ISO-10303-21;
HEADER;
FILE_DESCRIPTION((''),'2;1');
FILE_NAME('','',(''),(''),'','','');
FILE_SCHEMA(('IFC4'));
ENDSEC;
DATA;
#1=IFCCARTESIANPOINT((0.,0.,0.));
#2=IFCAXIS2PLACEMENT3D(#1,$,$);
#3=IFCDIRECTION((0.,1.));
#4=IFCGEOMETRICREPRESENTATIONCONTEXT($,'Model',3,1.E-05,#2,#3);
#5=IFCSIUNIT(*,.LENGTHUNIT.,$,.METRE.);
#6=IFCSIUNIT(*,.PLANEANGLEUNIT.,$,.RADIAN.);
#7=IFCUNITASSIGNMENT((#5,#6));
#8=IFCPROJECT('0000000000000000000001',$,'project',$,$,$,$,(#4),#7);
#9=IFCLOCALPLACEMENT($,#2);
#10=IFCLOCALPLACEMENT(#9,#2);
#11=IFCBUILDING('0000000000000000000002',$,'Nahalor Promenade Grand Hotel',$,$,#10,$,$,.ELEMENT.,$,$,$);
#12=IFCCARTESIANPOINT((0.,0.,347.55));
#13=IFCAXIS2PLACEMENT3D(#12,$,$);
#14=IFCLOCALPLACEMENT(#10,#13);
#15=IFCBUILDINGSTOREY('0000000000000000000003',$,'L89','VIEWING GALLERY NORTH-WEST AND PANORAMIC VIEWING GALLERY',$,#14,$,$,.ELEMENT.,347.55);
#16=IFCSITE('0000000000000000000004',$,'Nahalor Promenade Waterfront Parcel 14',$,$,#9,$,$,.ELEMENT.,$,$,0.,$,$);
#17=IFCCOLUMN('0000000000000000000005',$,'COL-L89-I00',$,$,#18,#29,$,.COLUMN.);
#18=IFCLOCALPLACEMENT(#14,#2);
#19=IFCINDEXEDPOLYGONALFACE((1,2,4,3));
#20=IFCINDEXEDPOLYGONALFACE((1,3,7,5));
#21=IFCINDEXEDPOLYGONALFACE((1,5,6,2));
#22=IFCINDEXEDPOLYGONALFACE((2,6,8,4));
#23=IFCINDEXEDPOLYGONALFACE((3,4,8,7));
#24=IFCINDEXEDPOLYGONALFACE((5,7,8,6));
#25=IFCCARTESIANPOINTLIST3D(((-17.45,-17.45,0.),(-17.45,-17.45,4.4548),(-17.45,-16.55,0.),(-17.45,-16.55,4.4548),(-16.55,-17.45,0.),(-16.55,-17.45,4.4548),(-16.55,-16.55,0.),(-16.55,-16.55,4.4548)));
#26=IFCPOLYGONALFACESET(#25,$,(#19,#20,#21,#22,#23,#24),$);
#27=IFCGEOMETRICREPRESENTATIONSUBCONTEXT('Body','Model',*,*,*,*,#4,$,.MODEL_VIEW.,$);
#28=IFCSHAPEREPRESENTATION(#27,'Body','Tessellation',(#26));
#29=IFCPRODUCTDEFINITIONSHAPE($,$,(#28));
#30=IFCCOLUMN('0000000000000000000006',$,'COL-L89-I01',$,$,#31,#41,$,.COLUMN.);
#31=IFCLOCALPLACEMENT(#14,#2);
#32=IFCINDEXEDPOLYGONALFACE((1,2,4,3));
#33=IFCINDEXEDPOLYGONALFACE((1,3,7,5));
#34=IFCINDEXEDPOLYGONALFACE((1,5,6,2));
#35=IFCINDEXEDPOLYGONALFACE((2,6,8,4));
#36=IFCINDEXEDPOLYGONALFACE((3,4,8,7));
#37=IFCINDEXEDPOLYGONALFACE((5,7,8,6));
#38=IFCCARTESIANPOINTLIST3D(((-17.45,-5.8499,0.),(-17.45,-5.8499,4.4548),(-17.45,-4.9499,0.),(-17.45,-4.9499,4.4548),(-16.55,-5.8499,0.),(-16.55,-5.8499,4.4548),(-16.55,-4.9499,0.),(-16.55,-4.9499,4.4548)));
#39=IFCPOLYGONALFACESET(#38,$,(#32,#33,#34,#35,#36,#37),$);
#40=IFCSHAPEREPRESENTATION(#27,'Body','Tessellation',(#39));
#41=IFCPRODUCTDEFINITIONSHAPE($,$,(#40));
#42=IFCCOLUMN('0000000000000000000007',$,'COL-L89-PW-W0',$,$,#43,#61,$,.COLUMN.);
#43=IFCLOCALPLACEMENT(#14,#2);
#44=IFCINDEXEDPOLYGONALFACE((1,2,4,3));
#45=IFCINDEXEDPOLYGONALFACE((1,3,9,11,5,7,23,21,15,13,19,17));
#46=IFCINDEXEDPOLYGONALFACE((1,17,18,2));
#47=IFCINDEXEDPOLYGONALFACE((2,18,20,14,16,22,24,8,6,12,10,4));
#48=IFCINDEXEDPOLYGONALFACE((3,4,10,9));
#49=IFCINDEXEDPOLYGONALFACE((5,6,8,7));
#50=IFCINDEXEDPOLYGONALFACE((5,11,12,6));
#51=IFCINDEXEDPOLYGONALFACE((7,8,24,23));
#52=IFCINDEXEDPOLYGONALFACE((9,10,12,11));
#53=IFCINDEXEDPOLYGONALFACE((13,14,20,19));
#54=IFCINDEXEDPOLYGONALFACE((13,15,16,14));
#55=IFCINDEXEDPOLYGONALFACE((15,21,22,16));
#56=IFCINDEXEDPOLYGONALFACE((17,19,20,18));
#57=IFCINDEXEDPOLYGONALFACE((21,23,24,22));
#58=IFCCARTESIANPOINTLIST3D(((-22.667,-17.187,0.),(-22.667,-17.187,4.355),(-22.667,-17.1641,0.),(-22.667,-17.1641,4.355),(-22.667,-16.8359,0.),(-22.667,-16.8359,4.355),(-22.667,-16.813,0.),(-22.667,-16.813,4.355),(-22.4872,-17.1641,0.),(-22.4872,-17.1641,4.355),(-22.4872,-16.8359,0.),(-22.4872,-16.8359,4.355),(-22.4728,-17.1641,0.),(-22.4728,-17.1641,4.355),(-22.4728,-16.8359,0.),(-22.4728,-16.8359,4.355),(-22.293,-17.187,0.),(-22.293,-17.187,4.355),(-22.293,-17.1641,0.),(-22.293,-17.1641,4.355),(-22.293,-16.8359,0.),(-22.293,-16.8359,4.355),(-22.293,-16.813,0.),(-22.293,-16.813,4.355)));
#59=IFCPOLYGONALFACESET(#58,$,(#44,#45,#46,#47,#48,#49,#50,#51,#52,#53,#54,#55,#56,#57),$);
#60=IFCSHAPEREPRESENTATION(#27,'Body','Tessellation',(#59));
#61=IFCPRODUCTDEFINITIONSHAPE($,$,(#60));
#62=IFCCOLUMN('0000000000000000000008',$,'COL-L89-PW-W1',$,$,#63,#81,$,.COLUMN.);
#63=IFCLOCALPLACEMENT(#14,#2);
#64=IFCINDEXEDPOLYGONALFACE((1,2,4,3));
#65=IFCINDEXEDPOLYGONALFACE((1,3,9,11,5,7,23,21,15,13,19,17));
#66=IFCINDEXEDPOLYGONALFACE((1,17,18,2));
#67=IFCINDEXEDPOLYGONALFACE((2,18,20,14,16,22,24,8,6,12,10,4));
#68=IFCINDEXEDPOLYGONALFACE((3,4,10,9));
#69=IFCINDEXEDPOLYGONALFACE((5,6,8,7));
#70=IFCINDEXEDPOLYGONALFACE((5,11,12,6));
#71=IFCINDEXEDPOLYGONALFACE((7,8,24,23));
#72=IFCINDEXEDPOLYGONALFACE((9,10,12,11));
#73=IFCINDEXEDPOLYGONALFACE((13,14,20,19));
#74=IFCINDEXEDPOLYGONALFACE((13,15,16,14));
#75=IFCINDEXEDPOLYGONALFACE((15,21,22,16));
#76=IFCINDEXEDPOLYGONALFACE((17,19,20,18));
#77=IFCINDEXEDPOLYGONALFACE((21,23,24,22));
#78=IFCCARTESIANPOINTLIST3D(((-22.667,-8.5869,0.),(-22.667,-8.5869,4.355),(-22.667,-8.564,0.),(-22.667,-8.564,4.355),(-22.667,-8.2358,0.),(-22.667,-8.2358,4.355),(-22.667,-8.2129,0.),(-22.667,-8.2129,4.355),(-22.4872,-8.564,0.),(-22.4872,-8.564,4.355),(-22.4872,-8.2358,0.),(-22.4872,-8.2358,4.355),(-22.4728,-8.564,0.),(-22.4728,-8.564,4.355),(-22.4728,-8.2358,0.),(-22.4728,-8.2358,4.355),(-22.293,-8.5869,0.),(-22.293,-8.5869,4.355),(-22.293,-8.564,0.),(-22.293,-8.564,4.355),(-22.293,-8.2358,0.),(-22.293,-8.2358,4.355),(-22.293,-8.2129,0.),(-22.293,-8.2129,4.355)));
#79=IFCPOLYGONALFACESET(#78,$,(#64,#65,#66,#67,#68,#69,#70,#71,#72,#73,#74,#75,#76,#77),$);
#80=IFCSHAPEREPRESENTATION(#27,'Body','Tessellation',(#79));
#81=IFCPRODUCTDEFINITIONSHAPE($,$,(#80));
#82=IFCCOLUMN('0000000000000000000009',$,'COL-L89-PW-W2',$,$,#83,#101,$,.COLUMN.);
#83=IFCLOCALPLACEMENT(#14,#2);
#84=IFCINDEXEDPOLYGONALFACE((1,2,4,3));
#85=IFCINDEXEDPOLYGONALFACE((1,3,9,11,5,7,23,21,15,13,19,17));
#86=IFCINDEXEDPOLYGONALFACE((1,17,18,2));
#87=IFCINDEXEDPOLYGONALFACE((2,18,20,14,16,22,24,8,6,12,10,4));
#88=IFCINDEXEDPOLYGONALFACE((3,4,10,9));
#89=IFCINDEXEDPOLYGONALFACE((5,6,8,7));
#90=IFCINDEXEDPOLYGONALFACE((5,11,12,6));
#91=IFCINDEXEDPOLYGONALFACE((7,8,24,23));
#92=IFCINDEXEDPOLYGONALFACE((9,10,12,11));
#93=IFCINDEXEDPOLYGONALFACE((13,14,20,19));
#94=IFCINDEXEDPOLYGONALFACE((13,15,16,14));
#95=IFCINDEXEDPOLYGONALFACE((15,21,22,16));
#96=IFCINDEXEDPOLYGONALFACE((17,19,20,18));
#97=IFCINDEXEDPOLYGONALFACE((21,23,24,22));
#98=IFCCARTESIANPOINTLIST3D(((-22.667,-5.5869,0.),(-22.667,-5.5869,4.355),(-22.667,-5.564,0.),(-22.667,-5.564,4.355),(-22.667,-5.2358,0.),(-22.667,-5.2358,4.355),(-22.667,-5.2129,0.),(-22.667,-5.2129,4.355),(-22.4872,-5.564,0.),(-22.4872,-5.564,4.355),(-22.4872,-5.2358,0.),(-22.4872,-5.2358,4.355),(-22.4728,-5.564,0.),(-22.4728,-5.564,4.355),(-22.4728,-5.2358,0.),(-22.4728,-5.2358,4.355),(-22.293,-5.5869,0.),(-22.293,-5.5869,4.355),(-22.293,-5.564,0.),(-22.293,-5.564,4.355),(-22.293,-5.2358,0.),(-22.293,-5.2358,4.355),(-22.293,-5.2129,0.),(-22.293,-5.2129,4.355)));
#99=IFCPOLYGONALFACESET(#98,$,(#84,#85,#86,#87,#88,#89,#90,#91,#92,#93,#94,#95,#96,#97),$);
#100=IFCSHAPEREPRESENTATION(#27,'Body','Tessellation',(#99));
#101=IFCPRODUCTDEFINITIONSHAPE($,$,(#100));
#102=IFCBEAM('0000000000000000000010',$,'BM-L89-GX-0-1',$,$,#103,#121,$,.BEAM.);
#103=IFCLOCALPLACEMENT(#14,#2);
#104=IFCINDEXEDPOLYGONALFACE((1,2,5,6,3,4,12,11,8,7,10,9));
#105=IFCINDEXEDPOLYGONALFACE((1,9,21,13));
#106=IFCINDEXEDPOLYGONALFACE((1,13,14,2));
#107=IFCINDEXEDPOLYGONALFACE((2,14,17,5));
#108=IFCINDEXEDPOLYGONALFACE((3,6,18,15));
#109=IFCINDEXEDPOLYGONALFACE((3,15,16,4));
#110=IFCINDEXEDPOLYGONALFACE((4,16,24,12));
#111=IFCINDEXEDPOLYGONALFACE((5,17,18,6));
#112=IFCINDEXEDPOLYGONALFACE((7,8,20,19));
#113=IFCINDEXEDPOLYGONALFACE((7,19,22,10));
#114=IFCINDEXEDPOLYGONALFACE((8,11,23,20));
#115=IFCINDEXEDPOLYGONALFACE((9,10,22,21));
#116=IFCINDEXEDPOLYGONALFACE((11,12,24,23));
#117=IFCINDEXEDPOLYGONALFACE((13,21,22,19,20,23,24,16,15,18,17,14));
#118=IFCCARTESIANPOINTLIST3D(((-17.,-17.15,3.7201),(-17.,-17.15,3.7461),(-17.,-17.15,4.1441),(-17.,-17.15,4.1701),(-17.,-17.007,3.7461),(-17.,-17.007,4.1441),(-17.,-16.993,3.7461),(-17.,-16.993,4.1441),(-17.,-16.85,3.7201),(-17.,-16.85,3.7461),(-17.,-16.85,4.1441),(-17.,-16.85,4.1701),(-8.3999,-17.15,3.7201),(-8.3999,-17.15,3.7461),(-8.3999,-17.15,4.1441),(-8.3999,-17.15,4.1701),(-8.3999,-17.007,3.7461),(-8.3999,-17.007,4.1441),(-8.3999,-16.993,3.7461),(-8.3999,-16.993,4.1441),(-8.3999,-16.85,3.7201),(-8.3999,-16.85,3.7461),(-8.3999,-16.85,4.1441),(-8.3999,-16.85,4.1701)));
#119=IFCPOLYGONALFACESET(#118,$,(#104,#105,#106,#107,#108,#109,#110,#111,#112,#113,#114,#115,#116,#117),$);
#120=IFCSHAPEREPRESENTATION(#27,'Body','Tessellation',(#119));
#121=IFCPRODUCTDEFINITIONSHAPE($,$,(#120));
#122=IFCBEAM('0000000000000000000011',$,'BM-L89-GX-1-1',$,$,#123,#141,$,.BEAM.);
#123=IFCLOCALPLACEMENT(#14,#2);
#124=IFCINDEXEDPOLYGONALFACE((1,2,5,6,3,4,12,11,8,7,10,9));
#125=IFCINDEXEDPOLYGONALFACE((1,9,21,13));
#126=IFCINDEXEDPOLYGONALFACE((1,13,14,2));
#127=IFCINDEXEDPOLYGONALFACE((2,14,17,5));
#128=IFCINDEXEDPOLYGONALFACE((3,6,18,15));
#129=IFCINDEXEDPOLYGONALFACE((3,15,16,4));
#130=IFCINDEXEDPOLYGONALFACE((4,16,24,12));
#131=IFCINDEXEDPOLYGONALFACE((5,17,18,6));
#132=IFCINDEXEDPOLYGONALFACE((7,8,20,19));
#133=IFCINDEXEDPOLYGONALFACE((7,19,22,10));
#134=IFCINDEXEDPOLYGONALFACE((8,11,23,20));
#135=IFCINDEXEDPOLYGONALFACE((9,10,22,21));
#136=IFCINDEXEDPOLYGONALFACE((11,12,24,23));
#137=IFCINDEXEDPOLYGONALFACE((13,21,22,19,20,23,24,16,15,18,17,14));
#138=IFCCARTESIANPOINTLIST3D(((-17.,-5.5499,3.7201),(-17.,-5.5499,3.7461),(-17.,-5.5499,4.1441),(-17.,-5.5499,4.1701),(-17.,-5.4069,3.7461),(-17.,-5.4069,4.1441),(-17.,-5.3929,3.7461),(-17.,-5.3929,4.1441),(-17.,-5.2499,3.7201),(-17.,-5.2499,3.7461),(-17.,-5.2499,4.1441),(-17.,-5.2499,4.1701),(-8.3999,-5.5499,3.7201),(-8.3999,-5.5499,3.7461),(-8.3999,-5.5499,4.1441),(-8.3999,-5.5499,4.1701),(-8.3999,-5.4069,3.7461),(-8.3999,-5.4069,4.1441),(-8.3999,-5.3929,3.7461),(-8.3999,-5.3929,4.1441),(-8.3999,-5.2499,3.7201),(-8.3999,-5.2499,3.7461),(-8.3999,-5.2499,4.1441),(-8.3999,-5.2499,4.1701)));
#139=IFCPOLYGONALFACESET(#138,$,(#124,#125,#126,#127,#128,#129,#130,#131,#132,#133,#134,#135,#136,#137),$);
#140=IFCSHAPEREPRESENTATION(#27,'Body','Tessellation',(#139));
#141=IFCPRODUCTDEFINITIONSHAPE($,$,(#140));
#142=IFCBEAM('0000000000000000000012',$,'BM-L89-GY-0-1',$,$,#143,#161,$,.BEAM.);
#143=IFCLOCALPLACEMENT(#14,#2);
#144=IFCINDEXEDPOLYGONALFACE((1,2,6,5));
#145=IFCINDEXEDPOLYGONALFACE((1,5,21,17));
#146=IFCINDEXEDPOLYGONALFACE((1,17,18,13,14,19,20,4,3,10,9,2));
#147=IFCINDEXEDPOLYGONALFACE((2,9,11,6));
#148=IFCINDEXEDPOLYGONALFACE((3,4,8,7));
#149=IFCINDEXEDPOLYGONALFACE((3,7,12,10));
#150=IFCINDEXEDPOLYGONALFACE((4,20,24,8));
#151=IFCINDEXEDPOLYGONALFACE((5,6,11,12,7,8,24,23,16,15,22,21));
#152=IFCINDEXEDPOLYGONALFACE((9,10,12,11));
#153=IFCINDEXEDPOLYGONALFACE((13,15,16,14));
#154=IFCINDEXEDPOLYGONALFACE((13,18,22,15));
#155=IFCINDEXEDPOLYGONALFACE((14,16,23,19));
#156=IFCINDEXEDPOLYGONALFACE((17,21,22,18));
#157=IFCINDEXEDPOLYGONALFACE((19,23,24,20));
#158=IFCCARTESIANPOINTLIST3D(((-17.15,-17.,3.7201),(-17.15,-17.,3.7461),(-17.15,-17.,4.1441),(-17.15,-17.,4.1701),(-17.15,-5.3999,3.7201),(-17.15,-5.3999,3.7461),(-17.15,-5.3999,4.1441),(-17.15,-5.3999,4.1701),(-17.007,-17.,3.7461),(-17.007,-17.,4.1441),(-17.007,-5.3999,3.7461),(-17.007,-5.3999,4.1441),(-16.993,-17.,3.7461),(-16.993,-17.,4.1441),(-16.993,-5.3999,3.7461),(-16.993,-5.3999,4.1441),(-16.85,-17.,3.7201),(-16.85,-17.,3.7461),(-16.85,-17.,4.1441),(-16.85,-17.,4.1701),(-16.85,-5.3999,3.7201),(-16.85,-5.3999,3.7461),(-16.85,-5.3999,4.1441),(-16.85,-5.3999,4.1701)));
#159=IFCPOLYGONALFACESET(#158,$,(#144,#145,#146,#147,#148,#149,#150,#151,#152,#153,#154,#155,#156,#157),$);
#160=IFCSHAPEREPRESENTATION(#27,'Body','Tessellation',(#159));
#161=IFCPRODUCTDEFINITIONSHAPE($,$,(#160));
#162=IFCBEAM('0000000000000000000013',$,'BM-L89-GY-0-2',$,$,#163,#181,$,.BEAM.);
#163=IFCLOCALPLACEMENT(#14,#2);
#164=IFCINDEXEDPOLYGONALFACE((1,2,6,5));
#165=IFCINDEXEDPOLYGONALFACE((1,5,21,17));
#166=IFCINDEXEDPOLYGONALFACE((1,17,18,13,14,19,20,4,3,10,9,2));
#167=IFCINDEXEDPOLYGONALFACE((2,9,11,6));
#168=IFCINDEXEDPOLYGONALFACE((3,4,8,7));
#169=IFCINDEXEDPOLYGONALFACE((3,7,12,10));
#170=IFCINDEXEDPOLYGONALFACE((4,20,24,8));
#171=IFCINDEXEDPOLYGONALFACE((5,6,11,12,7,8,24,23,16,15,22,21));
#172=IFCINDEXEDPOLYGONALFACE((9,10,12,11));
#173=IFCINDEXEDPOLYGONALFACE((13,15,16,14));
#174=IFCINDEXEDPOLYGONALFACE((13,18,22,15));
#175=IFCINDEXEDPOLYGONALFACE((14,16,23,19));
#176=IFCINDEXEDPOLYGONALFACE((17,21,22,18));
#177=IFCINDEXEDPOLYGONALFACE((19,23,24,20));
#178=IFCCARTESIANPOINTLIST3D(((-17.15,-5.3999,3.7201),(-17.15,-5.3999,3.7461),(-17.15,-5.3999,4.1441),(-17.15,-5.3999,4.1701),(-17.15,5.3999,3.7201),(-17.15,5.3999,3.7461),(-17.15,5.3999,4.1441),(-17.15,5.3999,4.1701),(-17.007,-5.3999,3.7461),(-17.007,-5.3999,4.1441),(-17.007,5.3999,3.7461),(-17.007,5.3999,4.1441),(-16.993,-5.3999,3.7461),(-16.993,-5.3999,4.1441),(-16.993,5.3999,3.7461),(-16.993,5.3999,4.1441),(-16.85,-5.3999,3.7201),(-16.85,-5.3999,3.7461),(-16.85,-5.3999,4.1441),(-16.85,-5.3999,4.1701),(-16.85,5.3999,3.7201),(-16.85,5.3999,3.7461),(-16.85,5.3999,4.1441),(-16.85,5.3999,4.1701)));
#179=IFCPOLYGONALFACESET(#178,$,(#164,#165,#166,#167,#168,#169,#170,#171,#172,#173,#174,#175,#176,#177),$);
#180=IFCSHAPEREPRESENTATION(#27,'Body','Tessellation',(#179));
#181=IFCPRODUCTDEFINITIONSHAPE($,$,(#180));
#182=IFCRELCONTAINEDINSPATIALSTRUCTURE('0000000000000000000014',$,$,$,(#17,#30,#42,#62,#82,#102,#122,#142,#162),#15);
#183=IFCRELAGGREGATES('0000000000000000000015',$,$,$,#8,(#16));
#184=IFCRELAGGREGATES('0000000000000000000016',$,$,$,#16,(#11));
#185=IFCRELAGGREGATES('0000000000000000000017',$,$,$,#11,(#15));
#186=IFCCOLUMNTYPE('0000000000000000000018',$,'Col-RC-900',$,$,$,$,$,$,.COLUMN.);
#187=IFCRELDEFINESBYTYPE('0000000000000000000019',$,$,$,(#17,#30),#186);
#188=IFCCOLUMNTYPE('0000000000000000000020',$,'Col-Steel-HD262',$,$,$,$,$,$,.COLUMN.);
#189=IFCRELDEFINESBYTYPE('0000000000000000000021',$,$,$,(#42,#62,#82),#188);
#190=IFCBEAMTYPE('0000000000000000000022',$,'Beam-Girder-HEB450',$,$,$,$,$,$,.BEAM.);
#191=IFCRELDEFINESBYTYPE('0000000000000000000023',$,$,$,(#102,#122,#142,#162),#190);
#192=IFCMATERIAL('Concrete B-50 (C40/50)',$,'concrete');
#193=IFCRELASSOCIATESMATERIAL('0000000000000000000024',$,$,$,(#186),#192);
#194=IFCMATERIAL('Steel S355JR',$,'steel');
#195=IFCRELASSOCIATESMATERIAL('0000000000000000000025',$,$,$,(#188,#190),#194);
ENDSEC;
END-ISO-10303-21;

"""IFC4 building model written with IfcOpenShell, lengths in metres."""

from ifc_helpers import new_model, si_unit, direction, frame, origin, origin_2d, place, context, subcontext, project, spatial, rectangle, i_section, extrude, source, transform, mapped, material, material_profile, profile_set, type_object, element, save


model = new_model("IFC4")

# Units and contexts
model_context = context("Model", 3, precision=1e-05, world=origin(), true_north=direction((0.0, 1.0)))
body_context = subcontext(model_context, "Body", "Model", "MODEL_VIEW")
ifc_project = project(units=[si_unit("LENGTHUNIT", "METRE"), si_unit("PLANEANGLEUNIT", "RADIAN")], contexts=[model_context])

# Site, building, storey
site_placement = place(None, origin())
site = spatial("IfcSite", under=ifc_project, at=site_placement, Name="Nahalor Promenade Waterfront Parcel 14", CompositionType="ELEMENT", RefElevation=0.0)
building_placement = place(site_placement, origin())
building = spatial("IfcBuilding", under=site, at=building_placement, Name="Nahalor Promenade Grand Hotel", CompositionType="ELEMENT")
storey_placement = place(building_placement, frame((0.0, 0.0, 347.55)))
storey = spatial("IfcBuildingStorey", under=building, at=storey_placement, Name="L89", Description="VIEWING GALLERY NORTH-WEST AND PANORAMIC VIEWING GALLERY", CompositionType="ELEMENT", Elevation=347.55)

# Columns
ifc_material_1 = material(Name="Concrete B-50 (C40/50)", Category="concrete")
ifc_material_profile_1 = material_profile(ifc_material_1, rectangle(XDim=0.9, YDim=0.9, at=origin_2d()), Name="RC 900x900")
ifc_profile_set_1 = profile_set([ifc_material_profile_1], Name="Concrete B-50 (C40/50)")
column_type_1 = type_object("IfcColumnType", Name="Col-RC-900", PredefinedType="COLUMN", material=ifc_profile_set_1)
shared_shape_1 = source(origin(), body_context, "Body", "SweptSolid", [
    extrude(rectangle(XDim=0.9, YDim=0.9, at=origin_2d()), origin(), (0.0, 0.0, 1.0), 4.4548),
])
for number, where, z_axis, x_axis, name in (
    (1, (-17.0, -17.0, 0.0), (0.0, 0.0, 1.0), (1.0, 0.0, 0.0), "COL-L89-I00"),
    (2, (-17.0, -5.3999, 0.0), (0.0, 0.0, 1.0), (1.0, 0.0, 0.0), "COL-L89-I01"),
):
    element("IfcColumn", number, at=place(storey_placement, frame(where, z_axis=z_axis, x_axis=x_axis)), inside=storey, type_object=column_type_1, Name=name, PredefinedType="COLUMN", context=body_context, shape_type="MappedRepresentation", body=[
        mapped(shared_shape_1, transform((0.0, 0.0, 0.0), scale=1.0)),
    ])
ifc_material_2 = material(Name="Steel S355JR", Category="steel")
ifc_material_profile_2 = material_profile(ifc_material_2, i_section(OverallWidth=0.374, OverallDepth=0.374, WebThickness=0.0144, FlangeThickness=0.0229, at=origin_2d()), Name="HD 360x262")
ifc_profile_set_2 = profile_set([ifc_material_profile_2], Name="Steel S355JR")
column_type_2 = type_object("IfcColumnType", Name="Col-Steel-HD262", PredefinedType="COLUMN", material=ifc_profile_set_2)
shared_shape_2 = source(origin(), body_context, "Body", "SweptSolid", [
    extrude(i_section(OverallWidth=0.374, OverallDepth=0.374, WebThickness=0.0144, FlangeThickness=0.0229, at=origin_2d()), origin(), (0.0, 0.0, 1.0), 4.355),
])
for number, where, z_axis, x_axis, name in (
    (3, (-22.48, -17.0, 0.0), (0.0, 0.0, 1.0), (1.0, 0.0, 0.0), "COL-L89-PW-W0"),
    (4, (-22.48, -8.3999, 0.0), (0.0, 0.0, 1.0), (1.0, 0.0, 0.0), "COL-L89-PW-W1"),
    (5, (-22.48, -5.3999, 0.0), (0.0, 0.0, 1.0), (1.0, 0.0, 0.0), "COL-L89-PW-W2"),
):
    element("IfcColumn", number, at=place(storey_placement, frame(where, z_axis=z_axis, x_axis=x_axis)), inside=storey, type_object=column_type_2, Name=name, PredefinedType="COLUMN", context=body_context, shape_type="MappedRepresentation", body=[
        mapped(shared_shape_2, transform((0.0, 0.0, 0.0), scale=1.0)),
    ])

# Beams
ifc_material_profile_3 = material_profile(ifc_material_2, i_section(OverallWidth=0.3, OverallDepth=0.45, WebThickness=0.014, FlangeThickness=0.026, at=origin_2d()), Name="HEB 450")
ifc_profile_set_3 = profile_set([ifc_material_profile_3], Name="Steel S355JR")
beam_type_1 = type_object("IfcBeamType", Name="Beam-Girder-HEB450", PredefinedType="BEAM", material=ifc_profile_set_3)
shared_shape_3 = source(origin(), body_context, "Body", "SweptSolid", [
    extrude(i_section(OverallWidth=0.3, OverallDepth=0.45, WebThickness=0.014, FlangeThickness=0.026, at=origin_2d()), origin(), (0.0, 0.0, 1.0), 8.6001),
])
for number, where, z_axis, x_axis, name in (
    (6, (-17.0, -17.0, 3.9451), (1.0, 0.0, 0.0), (0.0, 1.0, 0.0), "BM-L89-GX-0-1"),
    (7, (-17.0, -5.3999, 3.9451), (1.0, 0.0, 0.0), (0.0, 1.0, 0.0), "BM-L89-GX-1-1"),
):
    element("IfcBeam", number, at=place(storey_placement, frame(where, z_axis=z_axis, x_axis=x_axis)), inside=storey, type_object=beam_type_1, Name=name, PredefinedType="BEAM", context=body_context, shape_type="MappedRepresentation", body=[
        mapped(shared_shape_3, transform((0.0, 0.0, 0.0), scale=1.0)),
    ])
shared_shape_4 = source(origin(), body_context, "Body", "SweptSolid", [
    extrude(i_section(OverallWidth=0.3, OverallDepth=0.45, WebThickness=0.014, FlangeThickness=0.026, at=origin_2d()), origin(), (0.0, 0.0, 1.0), 11.6001),
])
beam_1_placement = place(storey_placement, frame((-17.0, -17.0, 3.9451), z_axis=(0.0, 1.0, 0.0), x_axis=(-1.0, 0.0, 0.0)))
element("IfcBeam", 8, at=beam_1_placement, inside=storey, type_object=beam_type_1, Name="BM-L89-GY-0-1", PredefinedType="BEAM", context=body_context, shape_type="MappedRepresentation", body=[
    mapped(shared_shape_4, transform((0.0, 0.0, 0.0), scale=1.0)),
])
shared_shape_5 = source(origin(), body_context, "Body", "SweptSolid", [
    extrude(i_section(OverallWidth=0.3, OverallDepth=0.45, WebThickness=0.014, FlangeThickness=0.026, at=origin_2d()), origin(), (0.0, 0.0, 1.0), 10.7998),
])
beam_2_placement = place(storey_placement, frame((-17.0, -5.3999, 3.9451), z_axis=(0.0, 1.0, 0.0), x_axis=(-1.0, 0.0, 0.0)))
element("IfcBeam", 9, at=beam_2_placement, inside=storey, type_object=beam_type_1, Name="BM-L89-GY-0-2", PredefinedType="BEAM", context=body_context, shape_type="MappedRepresentation", body=[
    mapped(shared_shape_5, transform((0.0, 0.0, 0.0), scale=1.0)),
])

save(model, "model.ifc")
